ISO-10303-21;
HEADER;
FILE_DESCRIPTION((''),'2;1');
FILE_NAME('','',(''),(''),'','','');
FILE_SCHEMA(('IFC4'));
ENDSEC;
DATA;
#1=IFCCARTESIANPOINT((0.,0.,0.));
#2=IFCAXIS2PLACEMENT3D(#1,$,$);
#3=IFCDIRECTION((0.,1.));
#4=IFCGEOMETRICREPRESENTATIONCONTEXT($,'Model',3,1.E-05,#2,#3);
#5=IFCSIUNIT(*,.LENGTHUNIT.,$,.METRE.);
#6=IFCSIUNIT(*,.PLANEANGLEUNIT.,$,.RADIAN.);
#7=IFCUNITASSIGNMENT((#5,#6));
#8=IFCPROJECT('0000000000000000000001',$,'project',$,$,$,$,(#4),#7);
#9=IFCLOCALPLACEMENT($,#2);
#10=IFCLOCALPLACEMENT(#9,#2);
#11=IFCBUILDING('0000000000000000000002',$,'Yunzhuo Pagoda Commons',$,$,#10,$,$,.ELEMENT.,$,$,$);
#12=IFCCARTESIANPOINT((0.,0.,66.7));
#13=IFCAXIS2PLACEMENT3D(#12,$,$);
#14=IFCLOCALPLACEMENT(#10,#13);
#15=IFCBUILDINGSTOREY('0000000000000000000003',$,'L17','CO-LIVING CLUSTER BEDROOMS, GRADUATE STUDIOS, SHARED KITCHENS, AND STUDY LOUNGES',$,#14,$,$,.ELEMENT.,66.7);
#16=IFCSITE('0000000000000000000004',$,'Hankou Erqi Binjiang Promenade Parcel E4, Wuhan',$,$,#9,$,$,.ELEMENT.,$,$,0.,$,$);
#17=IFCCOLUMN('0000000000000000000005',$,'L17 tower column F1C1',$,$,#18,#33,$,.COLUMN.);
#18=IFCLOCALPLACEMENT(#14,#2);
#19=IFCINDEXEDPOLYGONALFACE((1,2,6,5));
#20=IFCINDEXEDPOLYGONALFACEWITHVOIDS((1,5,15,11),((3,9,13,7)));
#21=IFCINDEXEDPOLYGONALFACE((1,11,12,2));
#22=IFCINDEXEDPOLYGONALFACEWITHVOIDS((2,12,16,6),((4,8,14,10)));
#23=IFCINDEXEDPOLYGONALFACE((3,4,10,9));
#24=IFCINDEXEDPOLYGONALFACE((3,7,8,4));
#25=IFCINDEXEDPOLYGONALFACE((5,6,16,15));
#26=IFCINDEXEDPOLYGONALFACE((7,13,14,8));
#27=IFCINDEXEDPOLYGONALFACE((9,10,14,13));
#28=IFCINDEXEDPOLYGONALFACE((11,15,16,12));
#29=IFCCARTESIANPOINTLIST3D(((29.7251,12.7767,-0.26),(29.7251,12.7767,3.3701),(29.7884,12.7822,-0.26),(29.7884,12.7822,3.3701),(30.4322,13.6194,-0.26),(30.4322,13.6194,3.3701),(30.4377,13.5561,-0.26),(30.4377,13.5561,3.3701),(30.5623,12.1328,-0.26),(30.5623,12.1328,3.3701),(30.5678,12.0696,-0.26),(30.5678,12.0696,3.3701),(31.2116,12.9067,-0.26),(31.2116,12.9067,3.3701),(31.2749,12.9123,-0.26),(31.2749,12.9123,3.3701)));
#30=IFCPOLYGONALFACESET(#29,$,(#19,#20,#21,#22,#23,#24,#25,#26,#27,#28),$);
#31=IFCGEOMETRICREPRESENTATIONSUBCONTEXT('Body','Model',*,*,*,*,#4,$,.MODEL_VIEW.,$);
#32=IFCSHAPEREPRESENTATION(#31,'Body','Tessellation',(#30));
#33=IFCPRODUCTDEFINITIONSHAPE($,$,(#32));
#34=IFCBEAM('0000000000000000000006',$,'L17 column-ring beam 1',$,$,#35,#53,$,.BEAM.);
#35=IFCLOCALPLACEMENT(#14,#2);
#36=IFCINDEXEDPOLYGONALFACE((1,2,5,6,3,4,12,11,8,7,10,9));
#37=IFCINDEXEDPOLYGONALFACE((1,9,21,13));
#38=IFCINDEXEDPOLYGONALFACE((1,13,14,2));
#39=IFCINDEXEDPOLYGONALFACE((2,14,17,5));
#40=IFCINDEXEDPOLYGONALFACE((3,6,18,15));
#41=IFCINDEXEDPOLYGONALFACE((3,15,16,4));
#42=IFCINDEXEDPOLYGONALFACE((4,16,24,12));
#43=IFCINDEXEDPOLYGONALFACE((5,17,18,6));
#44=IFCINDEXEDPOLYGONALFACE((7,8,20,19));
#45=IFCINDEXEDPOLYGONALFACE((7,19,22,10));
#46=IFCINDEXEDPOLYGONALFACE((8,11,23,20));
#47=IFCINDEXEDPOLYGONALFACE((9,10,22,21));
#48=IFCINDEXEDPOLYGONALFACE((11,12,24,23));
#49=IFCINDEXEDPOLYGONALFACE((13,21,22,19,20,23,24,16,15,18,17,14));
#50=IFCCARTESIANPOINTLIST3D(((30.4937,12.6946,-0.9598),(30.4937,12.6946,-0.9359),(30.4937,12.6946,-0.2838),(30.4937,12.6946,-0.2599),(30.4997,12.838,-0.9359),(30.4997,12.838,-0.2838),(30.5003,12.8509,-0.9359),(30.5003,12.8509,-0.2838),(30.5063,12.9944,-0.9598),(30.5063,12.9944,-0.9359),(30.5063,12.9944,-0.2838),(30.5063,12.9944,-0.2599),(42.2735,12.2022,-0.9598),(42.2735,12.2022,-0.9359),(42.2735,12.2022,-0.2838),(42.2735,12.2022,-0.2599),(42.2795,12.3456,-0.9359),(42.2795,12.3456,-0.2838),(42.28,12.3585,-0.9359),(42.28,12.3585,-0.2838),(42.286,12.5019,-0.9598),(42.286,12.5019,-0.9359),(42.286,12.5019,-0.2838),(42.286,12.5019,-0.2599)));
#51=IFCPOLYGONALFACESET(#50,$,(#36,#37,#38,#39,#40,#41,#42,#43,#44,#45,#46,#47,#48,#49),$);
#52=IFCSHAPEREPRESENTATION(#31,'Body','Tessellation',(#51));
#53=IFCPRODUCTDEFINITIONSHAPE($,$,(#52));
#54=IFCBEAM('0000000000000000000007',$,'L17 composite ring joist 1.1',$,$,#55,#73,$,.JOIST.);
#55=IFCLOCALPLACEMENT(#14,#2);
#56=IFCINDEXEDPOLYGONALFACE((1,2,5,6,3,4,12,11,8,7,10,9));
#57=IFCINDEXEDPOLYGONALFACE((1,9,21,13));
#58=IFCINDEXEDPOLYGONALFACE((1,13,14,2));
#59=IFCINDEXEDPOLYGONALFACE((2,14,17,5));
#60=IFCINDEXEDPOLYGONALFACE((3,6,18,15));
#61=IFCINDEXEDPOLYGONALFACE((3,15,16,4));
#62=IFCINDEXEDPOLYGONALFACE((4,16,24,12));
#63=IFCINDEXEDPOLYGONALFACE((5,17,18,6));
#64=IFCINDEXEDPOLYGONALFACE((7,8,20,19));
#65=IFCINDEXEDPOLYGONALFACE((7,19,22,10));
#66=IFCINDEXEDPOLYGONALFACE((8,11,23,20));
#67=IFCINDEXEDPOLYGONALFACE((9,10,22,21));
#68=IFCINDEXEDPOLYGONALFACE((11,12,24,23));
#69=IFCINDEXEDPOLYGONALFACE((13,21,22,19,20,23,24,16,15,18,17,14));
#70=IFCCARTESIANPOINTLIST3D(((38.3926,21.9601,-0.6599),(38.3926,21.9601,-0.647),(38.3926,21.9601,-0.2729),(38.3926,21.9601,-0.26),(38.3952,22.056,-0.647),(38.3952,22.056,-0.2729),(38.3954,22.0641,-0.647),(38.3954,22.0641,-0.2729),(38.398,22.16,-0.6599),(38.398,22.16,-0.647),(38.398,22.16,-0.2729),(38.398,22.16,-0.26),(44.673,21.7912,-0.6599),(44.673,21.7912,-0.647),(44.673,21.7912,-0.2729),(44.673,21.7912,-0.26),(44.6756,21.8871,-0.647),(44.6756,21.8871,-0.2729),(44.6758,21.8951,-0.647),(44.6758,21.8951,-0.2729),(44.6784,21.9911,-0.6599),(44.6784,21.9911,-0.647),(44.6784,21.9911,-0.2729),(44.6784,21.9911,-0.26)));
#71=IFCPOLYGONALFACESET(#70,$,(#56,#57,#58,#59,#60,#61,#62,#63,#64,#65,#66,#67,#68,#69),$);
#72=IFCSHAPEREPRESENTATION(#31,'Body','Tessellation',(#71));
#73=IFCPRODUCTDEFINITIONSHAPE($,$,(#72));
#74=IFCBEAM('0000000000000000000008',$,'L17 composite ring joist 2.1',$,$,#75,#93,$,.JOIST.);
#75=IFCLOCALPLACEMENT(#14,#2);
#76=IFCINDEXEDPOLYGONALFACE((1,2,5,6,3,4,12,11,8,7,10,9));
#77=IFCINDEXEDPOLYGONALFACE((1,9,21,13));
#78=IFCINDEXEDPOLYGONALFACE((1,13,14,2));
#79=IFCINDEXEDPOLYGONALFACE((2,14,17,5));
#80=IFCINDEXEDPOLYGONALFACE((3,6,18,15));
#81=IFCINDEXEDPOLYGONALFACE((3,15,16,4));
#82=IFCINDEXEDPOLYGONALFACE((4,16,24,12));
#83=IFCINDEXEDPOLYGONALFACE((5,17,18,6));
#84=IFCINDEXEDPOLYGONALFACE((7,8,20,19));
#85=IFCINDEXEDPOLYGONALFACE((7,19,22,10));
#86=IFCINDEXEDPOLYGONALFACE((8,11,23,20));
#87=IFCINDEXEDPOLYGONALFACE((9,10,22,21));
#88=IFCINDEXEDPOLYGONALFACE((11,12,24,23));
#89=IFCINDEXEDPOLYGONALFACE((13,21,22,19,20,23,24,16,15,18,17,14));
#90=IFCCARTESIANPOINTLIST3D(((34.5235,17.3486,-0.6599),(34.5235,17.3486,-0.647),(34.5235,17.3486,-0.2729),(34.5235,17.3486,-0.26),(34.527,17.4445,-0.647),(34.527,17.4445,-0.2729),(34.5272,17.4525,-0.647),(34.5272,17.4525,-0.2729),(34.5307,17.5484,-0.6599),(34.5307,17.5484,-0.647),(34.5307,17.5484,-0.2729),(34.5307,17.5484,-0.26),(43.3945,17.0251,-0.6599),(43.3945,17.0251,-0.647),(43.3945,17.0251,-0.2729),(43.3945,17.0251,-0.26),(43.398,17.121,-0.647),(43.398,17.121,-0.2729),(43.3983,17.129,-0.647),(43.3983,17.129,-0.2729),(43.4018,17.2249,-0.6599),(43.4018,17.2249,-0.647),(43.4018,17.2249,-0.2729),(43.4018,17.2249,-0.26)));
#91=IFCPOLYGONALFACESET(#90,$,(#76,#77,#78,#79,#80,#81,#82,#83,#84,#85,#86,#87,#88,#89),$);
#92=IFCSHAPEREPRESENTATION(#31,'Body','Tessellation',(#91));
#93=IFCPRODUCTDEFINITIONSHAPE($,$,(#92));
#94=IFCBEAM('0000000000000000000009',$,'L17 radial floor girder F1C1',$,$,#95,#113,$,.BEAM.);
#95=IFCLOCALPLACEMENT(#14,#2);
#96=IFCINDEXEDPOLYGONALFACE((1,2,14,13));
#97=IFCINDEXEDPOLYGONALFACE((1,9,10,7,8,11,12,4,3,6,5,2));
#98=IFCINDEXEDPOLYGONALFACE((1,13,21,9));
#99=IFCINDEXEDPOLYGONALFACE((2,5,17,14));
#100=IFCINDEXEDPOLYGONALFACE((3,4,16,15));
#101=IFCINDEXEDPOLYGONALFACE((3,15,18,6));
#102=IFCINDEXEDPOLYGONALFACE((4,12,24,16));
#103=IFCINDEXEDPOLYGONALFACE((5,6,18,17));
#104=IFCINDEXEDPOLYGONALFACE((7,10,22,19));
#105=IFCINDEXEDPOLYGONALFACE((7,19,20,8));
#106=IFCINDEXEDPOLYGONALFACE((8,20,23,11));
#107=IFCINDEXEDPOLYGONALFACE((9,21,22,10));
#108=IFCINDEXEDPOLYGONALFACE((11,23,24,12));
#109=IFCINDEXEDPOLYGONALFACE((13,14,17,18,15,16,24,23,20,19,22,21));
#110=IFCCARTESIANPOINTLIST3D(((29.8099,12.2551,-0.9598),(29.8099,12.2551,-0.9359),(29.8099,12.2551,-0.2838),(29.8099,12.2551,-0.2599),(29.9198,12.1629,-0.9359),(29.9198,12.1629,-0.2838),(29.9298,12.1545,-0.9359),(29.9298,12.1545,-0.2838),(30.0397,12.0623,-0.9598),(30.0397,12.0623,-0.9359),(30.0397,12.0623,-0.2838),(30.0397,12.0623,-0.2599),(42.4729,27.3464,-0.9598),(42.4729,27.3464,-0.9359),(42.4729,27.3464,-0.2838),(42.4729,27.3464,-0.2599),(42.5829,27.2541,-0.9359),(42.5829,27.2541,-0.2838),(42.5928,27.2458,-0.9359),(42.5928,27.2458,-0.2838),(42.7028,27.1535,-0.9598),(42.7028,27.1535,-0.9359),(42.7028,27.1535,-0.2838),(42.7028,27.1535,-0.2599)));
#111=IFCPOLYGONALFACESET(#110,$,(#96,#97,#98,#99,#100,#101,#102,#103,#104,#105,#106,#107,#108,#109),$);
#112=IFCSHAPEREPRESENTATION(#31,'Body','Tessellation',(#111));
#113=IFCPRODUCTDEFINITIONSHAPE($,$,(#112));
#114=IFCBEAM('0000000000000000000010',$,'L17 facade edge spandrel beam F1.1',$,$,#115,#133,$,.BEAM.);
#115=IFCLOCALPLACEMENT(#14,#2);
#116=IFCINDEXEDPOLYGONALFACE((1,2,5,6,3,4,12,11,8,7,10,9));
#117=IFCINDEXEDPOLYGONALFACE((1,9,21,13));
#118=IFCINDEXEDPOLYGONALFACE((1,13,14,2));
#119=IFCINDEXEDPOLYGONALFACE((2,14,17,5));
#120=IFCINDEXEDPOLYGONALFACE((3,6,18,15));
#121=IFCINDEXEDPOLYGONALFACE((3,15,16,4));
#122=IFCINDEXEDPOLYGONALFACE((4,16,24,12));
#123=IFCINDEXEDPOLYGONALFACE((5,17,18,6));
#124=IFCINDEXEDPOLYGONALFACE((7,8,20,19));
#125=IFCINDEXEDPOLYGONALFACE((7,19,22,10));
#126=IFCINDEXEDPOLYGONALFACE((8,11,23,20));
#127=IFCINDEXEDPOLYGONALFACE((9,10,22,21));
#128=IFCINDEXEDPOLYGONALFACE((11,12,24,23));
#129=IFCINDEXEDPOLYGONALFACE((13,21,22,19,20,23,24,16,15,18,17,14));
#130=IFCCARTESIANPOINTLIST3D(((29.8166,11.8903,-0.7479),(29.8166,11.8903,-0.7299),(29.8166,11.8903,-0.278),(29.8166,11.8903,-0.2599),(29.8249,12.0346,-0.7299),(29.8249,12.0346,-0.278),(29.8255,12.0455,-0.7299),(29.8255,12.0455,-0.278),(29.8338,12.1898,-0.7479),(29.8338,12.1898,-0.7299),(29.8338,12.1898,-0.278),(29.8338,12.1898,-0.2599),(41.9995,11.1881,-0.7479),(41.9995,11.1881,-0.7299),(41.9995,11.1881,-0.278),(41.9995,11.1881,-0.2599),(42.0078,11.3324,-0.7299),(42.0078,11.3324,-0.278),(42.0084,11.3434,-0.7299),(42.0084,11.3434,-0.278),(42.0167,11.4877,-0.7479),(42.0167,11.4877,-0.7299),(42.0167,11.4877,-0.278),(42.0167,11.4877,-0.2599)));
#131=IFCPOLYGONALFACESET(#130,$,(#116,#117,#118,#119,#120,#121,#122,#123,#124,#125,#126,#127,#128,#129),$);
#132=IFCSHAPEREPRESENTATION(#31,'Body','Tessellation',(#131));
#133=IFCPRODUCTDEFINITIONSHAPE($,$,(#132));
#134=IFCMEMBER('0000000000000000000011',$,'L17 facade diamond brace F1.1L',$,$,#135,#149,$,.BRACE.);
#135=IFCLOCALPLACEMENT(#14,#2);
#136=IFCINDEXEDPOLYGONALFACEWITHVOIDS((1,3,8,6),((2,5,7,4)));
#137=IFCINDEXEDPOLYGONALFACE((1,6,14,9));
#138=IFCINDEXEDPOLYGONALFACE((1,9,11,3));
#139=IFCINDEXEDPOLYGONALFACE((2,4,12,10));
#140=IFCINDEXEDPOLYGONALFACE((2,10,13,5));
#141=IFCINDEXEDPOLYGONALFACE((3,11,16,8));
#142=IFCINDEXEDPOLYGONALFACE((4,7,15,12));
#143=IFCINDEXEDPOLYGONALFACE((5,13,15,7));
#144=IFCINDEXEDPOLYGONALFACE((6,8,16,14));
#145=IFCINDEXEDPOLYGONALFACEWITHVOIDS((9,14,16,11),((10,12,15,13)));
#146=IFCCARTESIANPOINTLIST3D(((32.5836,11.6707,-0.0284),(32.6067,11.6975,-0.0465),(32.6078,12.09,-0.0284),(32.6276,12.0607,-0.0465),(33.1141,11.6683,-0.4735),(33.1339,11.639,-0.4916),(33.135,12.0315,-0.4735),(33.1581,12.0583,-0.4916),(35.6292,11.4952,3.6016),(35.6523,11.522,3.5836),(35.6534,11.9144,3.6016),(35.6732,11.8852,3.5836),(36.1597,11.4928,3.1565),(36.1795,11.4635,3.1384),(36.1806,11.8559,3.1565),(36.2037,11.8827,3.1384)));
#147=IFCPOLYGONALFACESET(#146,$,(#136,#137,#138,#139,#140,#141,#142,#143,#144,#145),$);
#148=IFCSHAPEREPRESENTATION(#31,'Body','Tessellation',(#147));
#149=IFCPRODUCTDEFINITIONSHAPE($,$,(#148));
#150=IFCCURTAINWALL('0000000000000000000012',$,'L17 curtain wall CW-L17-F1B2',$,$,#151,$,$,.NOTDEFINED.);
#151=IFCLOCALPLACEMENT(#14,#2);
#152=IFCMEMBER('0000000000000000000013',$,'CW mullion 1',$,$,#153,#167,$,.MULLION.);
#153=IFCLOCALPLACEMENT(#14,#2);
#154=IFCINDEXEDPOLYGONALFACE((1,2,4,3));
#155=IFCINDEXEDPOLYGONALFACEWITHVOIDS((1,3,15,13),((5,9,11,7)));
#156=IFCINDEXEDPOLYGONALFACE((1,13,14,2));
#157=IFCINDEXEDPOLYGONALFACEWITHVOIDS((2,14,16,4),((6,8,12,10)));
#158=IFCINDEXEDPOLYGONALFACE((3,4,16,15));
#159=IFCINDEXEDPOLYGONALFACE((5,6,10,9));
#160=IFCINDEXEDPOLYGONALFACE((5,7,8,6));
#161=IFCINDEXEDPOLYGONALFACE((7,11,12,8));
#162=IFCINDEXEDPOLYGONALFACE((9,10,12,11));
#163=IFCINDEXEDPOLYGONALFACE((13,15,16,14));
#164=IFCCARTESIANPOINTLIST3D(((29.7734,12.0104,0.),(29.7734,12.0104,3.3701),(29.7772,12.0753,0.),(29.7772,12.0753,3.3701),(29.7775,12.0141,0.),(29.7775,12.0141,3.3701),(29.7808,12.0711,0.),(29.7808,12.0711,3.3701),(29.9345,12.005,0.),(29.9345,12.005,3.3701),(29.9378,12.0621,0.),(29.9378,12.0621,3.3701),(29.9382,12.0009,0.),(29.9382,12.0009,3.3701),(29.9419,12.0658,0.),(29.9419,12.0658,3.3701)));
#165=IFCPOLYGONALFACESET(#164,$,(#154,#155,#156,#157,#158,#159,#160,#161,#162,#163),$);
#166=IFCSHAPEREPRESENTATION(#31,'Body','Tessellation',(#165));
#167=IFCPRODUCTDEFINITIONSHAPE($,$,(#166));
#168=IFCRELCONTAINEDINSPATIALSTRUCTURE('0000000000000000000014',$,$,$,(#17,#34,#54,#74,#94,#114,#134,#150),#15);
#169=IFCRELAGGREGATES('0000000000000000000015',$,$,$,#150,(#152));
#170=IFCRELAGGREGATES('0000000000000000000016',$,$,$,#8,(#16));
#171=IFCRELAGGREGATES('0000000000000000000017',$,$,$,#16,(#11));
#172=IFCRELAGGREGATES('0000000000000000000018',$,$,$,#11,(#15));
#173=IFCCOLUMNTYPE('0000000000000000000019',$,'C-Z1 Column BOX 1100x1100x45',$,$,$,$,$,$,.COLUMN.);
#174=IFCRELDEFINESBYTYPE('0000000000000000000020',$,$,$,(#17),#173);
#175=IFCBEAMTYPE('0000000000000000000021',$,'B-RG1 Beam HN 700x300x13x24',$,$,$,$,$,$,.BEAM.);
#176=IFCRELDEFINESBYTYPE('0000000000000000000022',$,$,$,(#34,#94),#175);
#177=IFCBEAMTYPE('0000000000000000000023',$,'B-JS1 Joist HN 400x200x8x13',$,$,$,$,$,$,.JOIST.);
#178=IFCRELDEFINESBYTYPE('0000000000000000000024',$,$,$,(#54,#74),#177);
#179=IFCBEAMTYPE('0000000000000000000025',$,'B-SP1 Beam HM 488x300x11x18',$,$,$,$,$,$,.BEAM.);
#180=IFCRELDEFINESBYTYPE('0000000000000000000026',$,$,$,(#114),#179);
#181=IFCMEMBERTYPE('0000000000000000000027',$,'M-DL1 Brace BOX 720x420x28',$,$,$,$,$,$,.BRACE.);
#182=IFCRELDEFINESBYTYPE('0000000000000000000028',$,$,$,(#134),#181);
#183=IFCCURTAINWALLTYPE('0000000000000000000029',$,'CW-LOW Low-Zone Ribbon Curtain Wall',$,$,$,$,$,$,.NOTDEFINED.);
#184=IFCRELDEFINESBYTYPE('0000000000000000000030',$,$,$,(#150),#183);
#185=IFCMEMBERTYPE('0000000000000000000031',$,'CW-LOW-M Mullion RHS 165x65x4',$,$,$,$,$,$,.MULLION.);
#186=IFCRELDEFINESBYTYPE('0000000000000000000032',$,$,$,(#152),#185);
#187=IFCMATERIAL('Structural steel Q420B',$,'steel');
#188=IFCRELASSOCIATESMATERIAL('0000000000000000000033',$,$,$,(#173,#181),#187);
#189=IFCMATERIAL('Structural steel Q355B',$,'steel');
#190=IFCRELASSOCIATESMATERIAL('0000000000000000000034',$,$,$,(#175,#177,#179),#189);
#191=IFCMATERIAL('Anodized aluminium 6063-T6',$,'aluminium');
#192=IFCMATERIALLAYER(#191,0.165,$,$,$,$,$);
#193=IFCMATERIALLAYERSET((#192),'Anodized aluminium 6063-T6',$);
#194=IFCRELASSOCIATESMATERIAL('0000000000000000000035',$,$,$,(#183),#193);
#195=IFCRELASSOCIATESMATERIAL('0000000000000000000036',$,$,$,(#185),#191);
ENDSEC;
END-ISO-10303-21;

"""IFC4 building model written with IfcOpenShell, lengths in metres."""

from ifc_helpers import new_model, si_unit, direction, frame, origin, origin_2d, place, context, subcontext, project, spatial, hollow_rectangle, i_section, extrude, source, transform, mapped, material, layer, layer_set, material_profile, profile_set, type_object, element, aggregate, save


model = new_model("IFC4")

# Units and contexts
model_context = context("Model", 3, precision=1e-05, world=origin(), true_north=direction((0.0, 1.0)))
body_context = subcontext(model_context, "Body", "Model", "MODEL_VIEW")
ifc_project = project(units=[si_unit("LENGTHUNIT", "METRE"), si_unit("PLANEANGLEUNIT", "RADIAN")], contexts=[model_context])

# Site, building, storey
site_placement = place(None, origin())
site = spatial("IfcSite", under=ifc_project, at=site_placement, Name="Hankou Erqi Binjiang Promenade Parcel E4, Wuhan", CompositionType="ELEMENT", RefElevation=0.0)
building_placement = place(site_placement, origin())
building = spatial("IfcBuilding", under=site, at=building_placement, Name="Yunzhuo Pagoda Commons", CompositionType="ELEMENT")
storey_placement = place(building_placement, frame((0.0, 0.0, 66.7)))
storey = spatial("IfcBuildingStorey", under=building, at=storey_placement, Name="L17", Description="CO-LIVING CLUSTER BEDROOMS, GRADUATE STUDIOS, SHARED KITCHENS, AND STUDY LOUNGES", CompositionType="ELEMENT", Elevation=66.7)

# Column
ifc_material_1 = material(Name="Structural steel Q420B", Category="steel")
ifc_material_profile_1 = material_profile(ifc_material_1, hollow_rectangle(XDim=1.1001, YDim=1.1001, WallThickness=0.0449, at=origin_2d()), Name="Structural steel Q420B")
ifc_profile_set_1 = profile_set([ifc_material_profile_1], Name="Structural steel Q420B")
column_type = type_object("IfcColumnType", Name="C-Z1 Column BOX 1100x1100x45", PredefinedType="COLUMN", material=ifc_profile_set_1)
shared_shape_1 = source(origin(), body_context, "Body", "SweptSolid", [
    extrude(hollow_rectangle(XDim=1.1001, YDim=1.1001, WallThickness=0.0449, at=origin_2d()), origin(), (0.0, 0.0, 1.0), 3.6301),
])
column_placement = place(storey_placement, frame((30.5, 12.8445, -0.26), z_axis=(0.0, 0.0, 1.0), x_axis=(0.766044, -0.642788, 0.0)))
element("IfcColumn", 1, at=column_placement, inside=storey, type_object=column_type, Name="L17 tower column F1C1", PredefinedType="COLUMN", context=body_context, shape_type="MappedRepresentation", body=[
    mapped(shared_shape_1, transform((0.0, 0.0, 0.0), scale=1.0)),
])

# Beams
ifc_material_2 = material(Name="Structural steel Q355B", Category="steel")
ifc_material_profile_2 = material_profile(ifc_material_2, i_section(OverallWidth=0.3, OverallDepth=0.7, WebThickness=0.0129, FlangeThickness=0.0239, at=origin_2d()), Name="Structural steel Q355B")
ifc_profile_set_2 = profile_set([ifc_material_profile_2], Name="Structural steel Q355B")
beam_type_1 = type_object("IfcBeamType", Name="B-RG1 Beam HN 700x300x13x24", PredefinedType="BEAM", material=ifc_profile_set_2)
shared_shape_2 = source(origin(), body_context, "Body", "SweptSolid", [
    extrude(i_section(OverallWidth=0.3, OverallDepth=0.7, WebThickness=0.0129, FlangeThickness=0.0239, at=origin_2d()), origin(), (0.0, 0.0, 1.0), 11.79),
])
beam_1_placement = place(storey_placement, frame((30.5, 12.8445, -0.6099), z_axis=(0.999127, -0.041767, 0.0), x_axis=(0.041767, 0.999127, 0.0)))
element("IfcBeam", 2, at=beam_1_placement, inside=storey, type_object=beam_type_1, Name="L17 column-ring beam 1", PredefinedType="BEAM", context=body_context, shape_type="MappedRepresentation", body=[
    mapped(shared_shape_2, transform((0.0, 0.0, 0.0), scale=1.0)),
])
ifc_material_profile_3 = material_profile(ifc_material_2, i_section(OverallWidth=0.2, OverallDepth=0.3999, WebThickness=0.0081, FlangeThickness=0.0129, at=origin_2d()), Name="Structural steel Q355B")
ifc_profile_set_3 = profile_set([ifc_material_profile_3], Name="Structural steel Q355B")
beam_type_2 = type_object("IfcBeamType", Name="B-JS1 Joist HN 400x200x8x13", PredefinedType="JOIST", material=ifc_profile_set_3)
shared_shape_3 = source(origin(), body_context, "Body", "SweptSolid", [
    extrude(i_section(OverallWidth=0.2, OverallDepth=0.3999, WebThickness=0.0081, FlangeThickness=0.0129, at=origin_2d()), origin(), (0.0, 0.0, 1.0), 6.2827),
])
beam_2_placement = place(storey_placement, frame((38.3953, 22.0601, -0.46), z_axis=(0.999638, -0.02689, 0.0), x_axis=(0.02689, 0.999638, 0.0)))
element("IfcBeam", 3, at=beam_2_placement, inside=storey, type_object=beam_type_2, Name="L17 composite ring joist 1.1", PredefinedType="JOIST", context=body_context, shape_type="MappedRepresentation", body=[
    mapped(shared_shape_3, transform((0.0, 0.0, 0.0), scale=1.0)),
])
shared_shape_4 = source(origin(), body_context, "Body", "SweptSolid", [
    extrude(i_section(OverallWidth=0.2, OverallDepth=0.3999, WebThickness=0.0081, FlangeThickness=0.0129, at=origin_2d()), origin(), (0.0, 0.0, 1.0), 8.877),
])
beam_3_placement = place(storey_placement, frame((34.5271, 17.4485, -0.46), z_axis=(0.999336, -0.036441, 0.0), x_axis=(0.036441, 0.999336, 0.0)))
element("IfcBeam", 4, at=beam_3_placement, inside=storey, type_object=beam_type_2, Name="L17 composite ring joist 2.1", PredefinedType="JOIST", context=body_context, shape_type="MappedRepresentation", body=[
    mapped(shared_shape_4, transform((0.0, 0.0, 0.0), scale=1.0)),
])
shared_shape_5 = source(origin(), body_context, "Body", "SweptSolid", [
    extrude(i_section(OverallWidth=0.3, OverallDepth=0.7, WebThickness=0.0129, FlangeThickness=0.0239, at=origin_2d()), origin(), (0.0, 0.0, 1.0), 19.7002),
])
beam_4_placement = place(storey_placement, frame((29.9248, 12.1587, -0.6099), z_axis=(0.642787, 0.766045, 0.0), x_axis=(-0.766045, 0.642787, 0.0)))
element("IfcBeam", 5, at=beam_4_placement, inside=storey, type_object=beam_type_1, Name="L17 radial floor girder F1C1", PredefinedType="BEAM", context=body_context, shape_type="MappedRepresentation", body=[
    mapped(shared_shape_5, transform((0.0, 0.0, 0.0), scale=1.0)),
])
ifc_material_profile_4 = material_profile(ifc_material_2, i_section(OverallWidth=0.3, OverallDepth=0.488, WebThickness=0.011, FlangeThickness=0.0181, at=origin_2d()), Name="Structural steel Q355B")
ifc_profile_set_4 = profile_set([ifc_material_profile_4], Name="Structural steel Q355B")
beam_type_3 = type_object("IfcBeamType", Name="B-SP1 Beam HM 488x300x11x18", PredefinedType="BEAM", material=ifc_profile_set_4)
shared_shape_6 = source(origin(), body_context, "Body", "SweptSolid", [
    extrude(i_section(OverallWidth=0.3, OverallDepth=0.488, WebThickness=0.011, FlangeThickness=0.0181, at=origin_2d()), origin(), (0.0, 0.0, 1.0), 12.2031),
])
beam_5_placement = place(storey_placement, frame((29.8252, 12.04, -0.5039), z_axis=(0.998343, -0.057539, 0.0), x_axis=(0.057539, 0.998343, 0.0)))
element("IfcBeam", 6, at=beam_5_placement, inside=storey, type_object=beam_type_3, Name="L17 facade edge spandrel beam F1.1", PredefinedType="BEAM", context=body_context, shape_type="MappedRepresentation", body=[
    mapped(shared_shape_6, transform((0.0, 0.0, 0.0), scale=1.0)),
])

# Member
ifc_material_profile_5 = material_profile(ifc_material_1, hollow_rectangle(XDim=0.4199, YDim=0.72, WallThickness=0.0281, at=origin_2d()), Name="Structural steel Q420B")
ifc_profile_set_5 = profile_set([ifc_material_profile_5], Name="Structural steel Q420B")
member_type_1 = type_object("IfcMemberType", Name="M-DL1 Brace BOX 720x420x28", PredefinedType="BRACE", material=ifc_profile_set_5)
shared_shape_7 = source(origin(), body_context, "Body", "SweptSolid", [
    extrude(hollow_rectangle(XDim=0.4199, YDim=0.72, WallThickness=0.0281, at=origin_2d()), origin(), (0.0, 0.0, 1.0), 4.7417),
])
member_1_placement = place(storey_placement, frame((32.8708, 11.8645, -0.26), z_axis=(0.6423, -0.037019, 0.765559), x_axis=(0.05754, 0.998343, 0.0)))
element("IfcMember", 7, at=member_1_placement, inside=storey, type_object=member_type_1, Name="L17 facade diamond brace F1.1L", PredefinedType="BRACE", context=body_context, shape_type="MappedRepresentation", body=[
    mapped(shared_shape_7, transform((0.0, 0.0, 0.0), scale=1.0)),
])

# Curtain wall, member
ifc_material_3 = material(Name="Anodized aluminium 6063-T6", Category="aluminium")
ifc_layer_1 = layer(ifc_material_3, 0.165)
ifc_layer_set_1 = layer_set([ifc_layer_1], Name="Anodized aluminium 6063-T6")
curtain_wall_type_1 = type_object("IfcCurtainWallType", Name="CW-LOW Low-Zone Ribbon Curtain Wall", PredefinedType="NOTDEFINED", material=ifc_layer_set_1)
curtain_wall_1_placement = place(storey_placement, origin())
curtain_wall_1 = element("IfcCurtainWall", 8, at=curtain_wall_1_placement, inside=storey, type_object=curtain_wall_type_1, Name="L17 curtain wall CW-L17-F1B2", PredefinedType="NOTDEFINED")
ifc_material_profile_6 = material_profile(ifc_material_3, hollow_rectangle(XDim=0.0649, YDim=0.165, WallThickness=0.0039, at=origin_2d()), Name="Anodized aluminium 6063-T6")
ifc_profile_set_6 = profile_set([ifc_material_profile_6], Name="Anodized aluminium 6063-T6")
member_type_2 = type_object("IfcMemberType", Name="CW-LOW-M Mullion RHS 165x65x4", PredefinedType="MULLION", material=ifc_profile_set_6)
shared_shape_8 = source(origin(), body_context, "Body", "SweptSolid", [
    extrude(hollow_rectangle(XDim=0.0649, YDim=0.165, WallThickness=0.0039, at=origin_2d()), origin(), (0.0, 0.0, 1.0), 3.3701),
])
member_2_placement = place(storey_placement, frame((29.8577, 12.0381, 0.0), z_axis=(0.0, 0.0, 1.0), x_axis=(0.057542, 0.998343, 0.0)))
member_2 = element("IfcMember", 9, at=member_2_placement, type_object=member_type_2, Name="CW mullion 1", PredefinedType="MULLION", context=body_context, shape_type="MappedRepresentation", body=[
    mapped(shared_shape_8, transform((0.0, 0.0, 0.0), scale=1.0)),
])

aggregate(curtain_wall_1, [member_2])

save(model, "model.ifc")
